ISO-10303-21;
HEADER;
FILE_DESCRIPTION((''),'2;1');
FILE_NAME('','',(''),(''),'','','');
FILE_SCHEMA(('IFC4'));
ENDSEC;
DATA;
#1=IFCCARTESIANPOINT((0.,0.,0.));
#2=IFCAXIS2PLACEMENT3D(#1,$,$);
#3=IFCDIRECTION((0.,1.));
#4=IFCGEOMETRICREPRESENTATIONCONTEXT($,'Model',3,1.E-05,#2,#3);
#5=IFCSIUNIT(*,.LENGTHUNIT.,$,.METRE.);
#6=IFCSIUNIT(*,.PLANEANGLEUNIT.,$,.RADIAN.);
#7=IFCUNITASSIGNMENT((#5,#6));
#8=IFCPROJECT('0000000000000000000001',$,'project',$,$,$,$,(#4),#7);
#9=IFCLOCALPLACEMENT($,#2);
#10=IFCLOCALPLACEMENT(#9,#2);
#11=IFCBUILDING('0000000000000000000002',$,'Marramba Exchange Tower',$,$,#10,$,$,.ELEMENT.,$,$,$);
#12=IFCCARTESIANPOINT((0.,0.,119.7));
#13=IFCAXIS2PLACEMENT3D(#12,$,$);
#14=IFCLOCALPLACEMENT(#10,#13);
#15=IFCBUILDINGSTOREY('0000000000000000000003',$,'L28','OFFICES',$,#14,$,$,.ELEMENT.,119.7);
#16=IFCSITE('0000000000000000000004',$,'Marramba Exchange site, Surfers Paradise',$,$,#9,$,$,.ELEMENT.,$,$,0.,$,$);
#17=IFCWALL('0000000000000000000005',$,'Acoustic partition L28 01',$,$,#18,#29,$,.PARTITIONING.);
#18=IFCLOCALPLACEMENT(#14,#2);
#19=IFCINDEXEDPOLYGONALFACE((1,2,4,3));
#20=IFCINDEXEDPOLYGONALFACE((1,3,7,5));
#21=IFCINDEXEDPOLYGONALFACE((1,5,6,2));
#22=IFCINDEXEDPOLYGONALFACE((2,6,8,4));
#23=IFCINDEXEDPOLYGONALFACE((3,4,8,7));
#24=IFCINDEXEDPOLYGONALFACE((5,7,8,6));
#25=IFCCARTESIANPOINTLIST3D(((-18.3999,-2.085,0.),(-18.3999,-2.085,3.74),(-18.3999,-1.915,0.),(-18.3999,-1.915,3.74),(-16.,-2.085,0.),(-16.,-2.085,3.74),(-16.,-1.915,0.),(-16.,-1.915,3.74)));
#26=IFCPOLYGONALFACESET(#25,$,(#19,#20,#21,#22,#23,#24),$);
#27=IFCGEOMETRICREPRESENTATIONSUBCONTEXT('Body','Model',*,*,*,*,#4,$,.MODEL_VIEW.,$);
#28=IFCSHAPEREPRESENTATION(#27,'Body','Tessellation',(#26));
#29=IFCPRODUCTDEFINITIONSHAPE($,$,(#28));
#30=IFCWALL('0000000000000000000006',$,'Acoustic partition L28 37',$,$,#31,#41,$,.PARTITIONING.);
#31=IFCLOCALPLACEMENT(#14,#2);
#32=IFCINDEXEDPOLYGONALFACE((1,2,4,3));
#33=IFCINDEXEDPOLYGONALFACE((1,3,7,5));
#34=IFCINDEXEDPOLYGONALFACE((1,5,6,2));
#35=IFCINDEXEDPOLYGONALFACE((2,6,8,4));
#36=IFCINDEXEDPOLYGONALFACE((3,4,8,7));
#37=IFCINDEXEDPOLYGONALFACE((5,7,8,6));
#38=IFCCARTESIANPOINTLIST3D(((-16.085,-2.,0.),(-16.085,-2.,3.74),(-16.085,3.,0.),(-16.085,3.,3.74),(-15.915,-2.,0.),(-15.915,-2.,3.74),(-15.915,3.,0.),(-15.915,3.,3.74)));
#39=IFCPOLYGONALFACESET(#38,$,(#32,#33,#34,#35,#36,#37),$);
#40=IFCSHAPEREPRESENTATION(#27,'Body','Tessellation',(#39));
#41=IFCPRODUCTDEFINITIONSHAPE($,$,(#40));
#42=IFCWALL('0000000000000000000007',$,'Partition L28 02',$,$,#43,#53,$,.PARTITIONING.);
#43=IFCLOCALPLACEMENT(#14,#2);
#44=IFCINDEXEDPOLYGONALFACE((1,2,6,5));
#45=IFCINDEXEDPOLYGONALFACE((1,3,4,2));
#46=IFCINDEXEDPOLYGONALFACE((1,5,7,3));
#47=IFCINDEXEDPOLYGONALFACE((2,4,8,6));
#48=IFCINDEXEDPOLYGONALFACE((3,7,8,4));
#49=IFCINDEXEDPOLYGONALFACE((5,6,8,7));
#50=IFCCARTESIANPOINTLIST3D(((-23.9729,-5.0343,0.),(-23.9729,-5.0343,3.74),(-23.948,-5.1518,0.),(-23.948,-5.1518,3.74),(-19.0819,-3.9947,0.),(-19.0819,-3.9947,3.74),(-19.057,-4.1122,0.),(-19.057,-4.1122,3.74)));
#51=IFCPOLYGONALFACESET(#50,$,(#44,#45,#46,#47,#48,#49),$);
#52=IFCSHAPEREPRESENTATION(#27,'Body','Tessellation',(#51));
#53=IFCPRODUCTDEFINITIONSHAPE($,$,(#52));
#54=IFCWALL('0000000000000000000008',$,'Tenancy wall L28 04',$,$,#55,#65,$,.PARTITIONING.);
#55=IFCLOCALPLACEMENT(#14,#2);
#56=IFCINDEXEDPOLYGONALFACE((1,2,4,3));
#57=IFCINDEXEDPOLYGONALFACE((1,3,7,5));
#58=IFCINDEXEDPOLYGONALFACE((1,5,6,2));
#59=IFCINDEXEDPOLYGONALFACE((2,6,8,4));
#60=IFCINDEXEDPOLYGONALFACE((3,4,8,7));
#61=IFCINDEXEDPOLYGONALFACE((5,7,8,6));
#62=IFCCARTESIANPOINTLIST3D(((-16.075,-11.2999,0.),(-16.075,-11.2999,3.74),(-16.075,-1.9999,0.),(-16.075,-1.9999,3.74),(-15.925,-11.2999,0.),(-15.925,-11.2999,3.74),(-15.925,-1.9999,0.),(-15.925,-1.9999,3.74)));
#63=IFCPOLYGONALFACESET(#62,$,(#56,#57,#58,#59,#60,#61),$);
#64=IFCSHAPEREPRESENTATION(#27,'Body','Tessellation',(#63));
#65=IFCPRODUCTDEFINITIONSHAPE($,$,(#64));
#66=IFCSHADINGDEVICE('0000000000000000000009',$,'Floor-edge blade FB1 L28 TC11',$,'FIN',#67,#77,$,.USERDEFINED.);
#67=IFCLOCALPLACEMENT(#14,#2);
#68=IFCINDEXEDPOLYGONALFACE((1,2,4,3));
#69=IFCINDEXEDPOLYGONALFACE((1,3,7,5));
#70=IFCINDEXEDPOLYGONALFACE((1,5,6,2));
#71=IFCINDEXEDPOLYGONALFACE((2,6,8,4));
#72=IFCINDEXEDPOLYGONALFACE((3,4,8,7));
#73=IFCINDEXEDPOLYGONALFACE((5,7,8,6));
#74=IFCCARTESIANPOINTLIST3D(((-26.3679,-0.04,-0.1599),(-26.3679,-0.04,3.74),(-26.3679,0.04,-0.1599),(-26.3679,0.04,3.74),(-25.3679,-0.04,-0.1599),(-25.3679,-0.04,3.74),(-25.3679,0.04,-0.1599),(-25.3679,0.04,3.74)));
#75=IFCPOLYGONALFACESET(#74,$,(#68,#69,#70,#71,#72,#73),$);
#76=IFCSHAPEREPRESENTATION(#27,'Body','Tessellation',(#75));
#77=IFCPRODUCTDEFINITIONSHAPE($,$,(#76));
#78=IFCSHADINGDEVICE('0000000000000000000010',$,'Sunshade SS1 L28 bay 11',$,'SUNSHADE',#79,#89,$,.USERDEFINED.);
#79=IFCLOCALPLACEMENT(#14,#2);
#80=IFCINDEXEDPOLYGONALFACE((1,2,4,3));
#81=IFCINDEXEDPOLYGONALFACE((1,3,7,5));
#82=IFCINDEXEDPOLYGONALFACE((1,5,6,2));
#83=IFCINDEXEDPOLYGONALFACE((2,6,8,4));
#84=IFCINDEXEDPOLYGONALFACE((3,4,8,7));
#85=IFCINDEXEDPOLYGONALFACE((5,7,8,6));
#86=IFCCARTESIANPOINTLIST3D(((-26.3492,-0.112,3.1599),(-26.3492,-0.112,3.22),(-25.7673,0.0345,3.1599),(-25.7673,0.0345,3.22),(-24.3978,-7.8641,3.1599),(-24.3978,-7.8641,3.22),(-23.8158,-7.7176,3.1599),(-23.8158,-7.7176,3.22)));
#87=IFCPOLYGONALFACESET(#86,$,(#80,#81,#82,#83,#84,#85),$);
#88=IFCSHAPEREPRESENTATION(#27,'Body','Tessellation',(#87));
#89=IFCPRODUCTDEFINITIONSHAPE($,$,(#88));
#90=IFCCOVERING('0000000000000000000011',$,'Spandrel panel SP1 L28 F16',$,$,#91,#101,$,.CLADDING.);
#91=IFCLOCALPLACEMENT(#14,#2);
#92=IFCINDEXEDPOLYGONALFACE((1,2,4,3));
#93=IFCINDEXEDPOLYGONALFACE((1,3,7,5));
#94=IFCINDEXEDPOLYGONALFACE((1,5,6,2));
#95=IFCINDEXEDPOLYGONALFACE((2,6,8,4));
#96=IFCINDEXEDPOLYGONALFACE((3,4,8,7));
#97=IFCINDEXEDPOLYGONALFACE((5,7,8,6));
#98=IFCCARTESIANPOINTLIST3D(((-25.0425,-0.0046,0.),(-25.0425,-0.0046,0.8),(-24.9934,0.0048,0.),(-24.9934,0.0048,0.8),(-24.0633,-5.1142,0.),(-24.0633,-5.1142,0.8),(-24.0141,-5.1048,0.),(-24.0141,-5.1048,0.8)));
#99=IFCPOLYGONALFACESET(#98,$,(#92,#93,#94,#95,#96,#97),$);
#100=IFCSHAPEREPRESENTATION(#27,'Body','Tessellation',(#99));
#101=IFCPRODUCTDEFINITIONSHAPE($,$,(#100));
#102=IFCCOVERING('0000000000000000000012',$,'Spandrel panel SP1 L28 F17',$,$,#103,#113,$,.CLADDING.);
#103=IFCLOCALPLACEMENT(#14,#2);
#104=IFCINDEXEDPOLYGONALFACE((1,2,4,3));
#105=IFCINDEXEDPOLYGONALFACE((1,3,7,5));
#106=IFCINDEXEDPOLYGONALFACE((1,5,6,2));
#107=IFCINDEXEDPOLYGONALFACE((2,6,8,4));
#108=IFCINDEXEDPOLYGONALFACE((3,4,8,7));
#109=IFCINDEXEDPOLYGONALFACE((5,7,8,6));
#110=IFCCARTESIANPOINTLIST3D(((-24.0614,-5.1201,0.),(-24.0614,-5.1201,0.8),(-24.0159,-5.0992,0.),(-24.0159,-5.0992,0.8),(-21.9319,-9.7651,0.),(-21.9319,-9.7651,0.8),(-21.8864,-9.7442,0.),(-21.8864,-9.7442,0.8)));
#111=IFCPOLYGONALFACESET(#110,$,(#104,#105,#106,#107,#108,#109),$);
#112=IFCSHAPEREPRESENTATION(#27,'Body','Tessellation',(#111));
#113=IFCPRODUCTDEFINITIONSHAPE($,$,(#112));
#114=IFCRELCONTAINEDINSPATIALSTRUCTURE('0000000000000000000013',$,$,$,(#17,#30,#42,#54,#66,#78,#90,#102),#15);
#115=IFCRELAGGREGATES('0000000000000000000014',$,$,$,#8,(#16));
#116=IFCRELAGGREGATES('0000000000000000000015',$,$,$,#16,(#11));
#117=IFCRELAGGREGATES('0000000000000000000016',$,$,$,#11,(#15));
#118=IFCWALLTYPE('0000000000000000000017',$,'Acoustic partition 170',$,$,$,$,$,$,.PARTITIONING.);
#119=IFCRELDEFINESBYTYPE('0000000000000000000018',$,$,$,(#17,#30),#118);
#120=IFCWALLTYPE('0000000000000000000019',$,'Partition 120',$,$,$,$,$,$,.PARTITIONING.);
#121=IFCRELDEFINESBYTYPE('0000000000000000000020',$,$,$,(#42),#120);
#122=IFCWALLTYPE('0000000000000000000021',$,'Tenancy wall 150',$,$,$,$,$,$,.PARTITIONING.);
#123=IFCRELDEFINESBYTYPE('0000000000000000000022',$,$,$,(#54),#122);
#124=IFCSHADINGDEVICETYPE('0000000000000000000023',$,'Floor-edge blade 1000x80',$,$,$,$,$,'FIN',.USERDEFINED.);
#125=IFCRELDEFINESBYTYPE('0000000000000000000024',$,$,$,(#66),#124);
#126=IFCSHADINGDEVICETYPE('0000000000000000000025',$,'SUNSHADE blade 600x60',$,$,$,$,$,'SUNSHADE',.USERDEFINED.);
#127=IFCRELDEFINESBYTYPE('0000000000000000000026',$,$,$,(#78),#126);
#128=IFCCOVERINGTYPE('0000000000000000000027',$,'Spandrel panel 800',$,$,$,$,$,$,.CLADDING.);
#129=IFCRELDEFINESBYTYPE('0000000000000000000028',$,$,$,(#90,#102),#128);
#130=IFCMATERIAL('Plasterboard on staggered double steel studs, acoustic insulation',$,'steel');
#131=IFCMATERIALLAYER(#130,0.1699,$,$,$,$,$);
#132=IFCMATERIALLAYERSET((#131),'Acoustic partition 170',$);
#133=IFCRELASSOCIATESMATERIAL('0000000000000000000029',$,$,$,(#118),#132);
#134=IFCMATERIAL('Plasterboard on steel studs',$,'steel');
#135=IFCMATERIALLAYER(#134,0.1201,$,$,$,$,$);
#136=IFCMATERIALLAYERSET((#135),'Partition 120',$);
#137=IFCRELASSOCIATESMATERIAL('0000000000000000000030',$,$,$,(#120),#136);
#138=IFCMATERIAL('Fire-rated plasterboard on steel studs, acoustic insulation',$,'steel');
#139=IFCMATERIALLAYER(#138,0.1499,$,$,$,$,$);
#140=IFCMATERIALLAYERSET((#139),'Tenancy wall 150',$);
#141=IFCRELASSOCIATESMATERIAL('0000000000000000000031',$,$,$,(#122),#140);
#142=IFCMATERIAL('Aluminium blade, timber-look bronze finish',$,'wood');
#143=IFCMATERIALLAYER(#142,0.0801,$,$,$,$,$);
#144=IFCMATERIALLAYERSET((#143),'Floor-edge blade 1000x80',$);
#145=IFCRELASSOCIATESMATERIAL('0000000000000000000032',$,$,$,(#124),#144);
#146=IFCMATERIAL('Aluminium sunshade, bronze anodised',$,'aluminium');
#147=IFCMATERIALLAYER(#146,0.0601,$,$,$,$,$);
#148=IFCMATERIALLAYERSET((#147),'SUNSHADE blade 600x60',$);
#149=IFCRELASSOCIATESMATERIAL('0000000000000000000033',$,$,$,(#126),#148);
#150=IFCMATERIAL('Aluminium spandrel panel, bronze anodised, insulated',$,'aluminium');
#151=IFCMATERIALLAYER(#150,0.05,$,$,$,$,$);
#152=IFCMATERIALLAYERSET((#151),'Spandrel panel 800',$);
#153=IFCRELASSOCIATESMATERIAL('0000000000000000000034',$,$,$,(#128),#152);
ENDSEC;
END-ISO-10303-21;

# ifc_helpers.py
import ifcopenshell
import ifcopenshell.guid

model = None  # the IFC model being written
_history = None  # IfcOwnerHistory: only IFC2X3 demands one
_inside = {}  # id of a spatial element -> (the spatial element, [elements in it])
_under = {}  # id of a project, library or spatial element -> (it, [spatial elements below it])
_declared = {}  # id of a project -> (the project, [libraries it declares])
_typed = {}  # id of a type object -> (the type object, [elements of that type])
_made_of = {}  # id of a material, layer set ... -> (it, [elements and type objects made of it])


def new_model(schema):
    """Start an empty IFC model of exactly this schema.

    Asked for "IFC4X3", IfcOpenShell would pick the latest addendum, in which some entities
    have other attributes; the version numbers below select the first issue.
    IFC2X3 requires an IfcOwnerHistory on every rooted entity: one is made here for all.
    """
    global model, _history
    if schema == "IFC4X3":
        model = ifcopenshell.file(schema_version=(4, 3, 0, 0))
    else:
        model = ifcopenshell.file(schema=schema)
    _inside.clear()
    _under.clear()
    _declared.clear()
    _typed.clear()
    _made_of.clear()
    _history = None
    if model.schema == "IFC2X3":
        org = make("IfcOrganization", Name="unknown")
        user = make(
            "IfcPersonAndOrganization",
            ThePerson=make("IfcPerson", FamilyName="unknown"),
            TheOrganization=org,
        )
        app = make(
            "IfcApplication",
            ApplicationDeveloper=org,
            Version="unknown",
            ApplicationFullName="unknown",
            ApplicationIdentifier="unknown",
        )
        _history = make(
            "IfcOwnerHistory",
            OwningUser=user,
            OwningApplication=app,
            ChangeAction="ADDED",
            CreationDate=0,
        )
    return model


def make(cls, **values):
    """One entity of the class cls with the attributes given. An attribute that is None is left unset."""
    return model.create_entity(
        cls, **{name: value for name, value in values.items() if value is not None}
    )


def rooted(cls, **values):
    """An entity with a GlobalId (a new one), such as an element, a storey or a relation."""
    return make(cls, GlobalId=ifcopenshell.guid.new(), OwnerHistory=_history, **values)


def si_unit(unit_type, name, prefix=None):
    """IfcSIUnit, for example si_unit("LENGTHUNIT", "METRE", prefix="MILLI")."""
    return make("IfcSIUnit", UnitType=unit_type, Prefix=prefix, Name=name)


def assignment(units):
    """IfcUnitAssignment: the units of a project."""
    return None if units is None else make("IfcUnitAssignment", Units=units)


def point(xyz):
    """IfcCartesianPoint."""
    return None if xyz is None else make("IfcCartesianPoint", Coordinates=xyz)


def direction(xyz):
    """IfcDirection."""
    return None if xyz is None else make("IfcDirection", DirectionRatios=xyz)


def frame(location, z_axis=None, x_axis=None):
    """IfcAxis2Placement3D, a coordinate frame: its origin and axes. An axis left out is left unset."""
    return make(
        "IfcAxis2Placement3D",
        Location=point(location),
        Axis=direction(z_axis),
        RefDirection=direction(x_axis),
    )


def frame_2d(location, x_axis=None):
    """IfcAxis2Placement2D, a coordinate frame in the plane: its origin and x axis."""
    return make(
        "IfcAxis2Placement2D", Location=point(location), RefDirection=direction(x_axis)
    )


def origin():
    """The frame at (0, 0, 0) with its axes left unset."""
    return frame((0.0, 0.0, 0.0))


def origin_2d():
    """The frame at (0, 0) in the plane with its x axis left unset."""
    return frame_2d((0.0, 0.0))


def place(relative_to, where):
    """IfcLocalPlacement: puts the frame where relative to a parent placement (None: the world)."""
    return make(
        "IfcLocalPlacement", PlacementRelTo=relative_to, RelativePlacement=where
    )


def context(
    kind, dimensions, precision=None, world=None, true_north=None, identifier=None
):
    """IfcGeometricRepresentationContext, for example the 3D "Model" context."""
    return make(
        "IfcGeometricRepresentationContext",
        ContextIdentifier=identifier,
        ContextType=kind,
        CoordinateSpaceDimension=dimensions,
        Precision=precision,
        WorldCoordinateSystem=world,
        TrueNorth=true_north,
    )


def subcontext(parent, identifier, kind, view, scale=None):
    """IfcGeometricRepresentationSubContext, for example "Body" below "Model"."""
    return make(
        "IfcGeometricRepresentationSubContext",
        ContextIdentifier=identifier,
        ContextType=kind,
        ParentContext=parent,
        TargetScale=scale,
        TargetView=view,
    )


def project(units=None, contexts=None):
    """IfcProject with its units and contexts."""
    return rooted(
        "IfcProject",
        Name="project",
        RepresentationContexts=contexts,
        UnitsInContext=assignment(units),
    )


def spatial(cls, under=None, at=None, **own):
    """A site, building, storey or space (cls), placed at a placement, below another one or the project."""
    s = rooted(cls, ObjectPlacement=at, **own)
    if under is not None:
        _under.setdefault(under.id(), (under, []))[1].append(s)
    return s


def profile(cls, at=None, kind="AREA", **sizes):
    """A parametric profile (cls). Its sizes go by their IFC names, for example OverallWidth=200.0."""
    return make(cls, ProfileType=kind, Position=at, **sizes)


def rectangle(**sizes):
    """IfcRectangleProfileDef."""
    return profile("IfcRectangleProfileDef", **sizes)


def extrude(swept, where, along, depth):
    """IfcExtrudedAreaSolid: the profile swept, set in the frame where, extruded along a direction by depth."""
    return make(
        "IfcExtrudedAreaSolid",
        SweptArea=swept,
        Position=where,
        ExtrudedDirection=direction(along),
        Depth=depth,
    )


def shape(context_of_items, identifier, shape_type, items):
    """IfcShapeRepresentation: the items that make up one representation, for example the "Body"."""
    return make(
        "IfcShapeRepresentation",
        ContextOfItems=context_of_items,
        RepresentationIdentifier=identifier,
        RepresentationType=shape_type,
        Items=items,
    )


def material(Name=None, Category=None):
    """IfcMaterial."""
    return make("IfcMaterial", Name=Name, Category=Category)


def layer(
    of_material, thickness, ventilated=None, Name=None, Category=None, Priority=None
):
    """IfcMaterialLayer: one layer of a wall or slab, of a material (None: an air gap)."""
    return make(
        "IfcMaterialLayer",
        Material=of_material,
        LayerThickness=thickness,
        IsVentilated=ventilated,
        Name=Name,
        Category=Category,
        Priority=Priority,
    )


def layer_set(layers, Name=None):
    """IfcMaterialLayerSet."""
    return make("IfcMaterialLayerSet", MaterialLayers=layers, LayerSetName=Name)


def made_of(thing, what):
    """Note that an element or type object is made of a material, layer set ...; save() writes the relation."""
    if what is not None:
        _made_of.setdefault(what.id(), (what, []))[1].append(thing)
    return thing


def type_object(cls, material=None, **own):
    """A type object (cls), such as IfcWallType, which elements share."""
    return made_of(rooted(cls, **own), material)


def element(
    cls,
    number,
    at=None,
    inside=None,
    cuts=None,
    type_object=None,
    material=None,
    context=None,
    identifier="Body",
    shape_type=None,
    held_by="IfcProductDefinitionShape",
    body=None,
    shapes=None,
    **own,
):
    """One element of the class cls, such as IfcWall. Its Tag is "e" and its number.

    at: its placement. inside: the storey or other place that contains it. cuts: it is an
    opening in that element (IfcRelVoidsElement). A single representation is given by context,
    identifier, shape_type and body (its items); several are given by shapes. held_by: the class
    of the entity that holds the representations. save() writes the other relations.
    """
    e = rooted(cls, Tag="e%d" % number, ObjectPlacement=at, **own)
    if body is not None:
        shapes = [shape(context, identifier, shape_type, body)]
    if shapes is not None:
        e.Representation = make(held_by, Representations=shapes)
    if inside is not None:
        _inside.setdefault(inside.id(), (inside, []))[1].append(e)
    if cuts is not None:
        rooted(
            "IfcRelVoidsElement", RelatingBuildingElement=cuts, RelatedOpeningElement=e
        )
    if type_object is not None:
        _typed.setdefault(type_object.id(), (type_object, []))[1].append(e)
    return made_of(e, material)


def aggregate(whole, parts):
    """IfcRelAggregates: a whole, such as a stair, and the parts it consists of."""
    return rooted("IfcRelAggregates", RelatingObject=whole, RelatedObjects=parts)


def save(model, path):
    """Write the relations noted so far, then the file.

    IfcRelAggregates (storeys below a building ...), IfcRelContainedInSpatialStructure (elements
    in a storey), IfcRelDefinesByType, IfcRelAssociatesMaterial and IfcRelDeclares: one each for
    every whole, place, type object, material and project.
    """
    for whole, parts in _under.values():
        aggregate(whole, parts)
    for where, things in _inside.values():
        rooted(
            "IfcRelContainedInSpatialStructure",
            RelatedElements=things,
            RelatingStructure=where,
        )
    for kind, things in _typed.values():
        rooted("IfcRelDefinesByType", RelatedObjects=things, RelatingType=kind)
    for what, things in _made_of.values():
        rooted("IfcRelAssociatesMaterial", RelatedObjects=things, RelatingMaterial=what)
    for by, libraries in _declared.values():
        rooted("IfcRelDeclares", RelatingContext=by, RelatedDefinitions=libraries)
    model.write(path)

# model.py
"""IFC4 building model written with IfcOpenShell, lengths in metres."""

from ifc_helpers import new_model, si_unit, direction, frame, frame_2d, origin, origin_2d, place, context, subcontext, project, spatial, rectangle, extrude, material, layer, layer_set, type_object, element, save


model = new_model("IFC4")

# Units and contexts
model_context = context("Model", 3, precision=1e-05, world=origin(), true_north=direction((0.0, 1.0)))
body_context = subcontext(model_context, "Body", "Model", "MODEL_VIEW")
ifc_project = project(units=[si_unit("LENGTHUNIT", "METRE"), si_unit("PLANEANGLEUNIT", "RADIAN")], contexts=[model_context])

# Site, building, storey
site_placement = place(None, origin())
site = spatial("IfcSite", under=ifc_project, at=site_placement, Name="Marramba Exchange site, Surfers Paradise", CompositionType="ELEMENT", RefElevation=0.0)
building_placement = place(site_placement, origin())
building = spatial("IfcBuilding", under=site, at=building_placement, Name="Marramba Exchange Tower", CompositionType="ELEMENT")
storey_placement = place(building_placement, frame((0.0, 0.0, 119.7)))
storey = spatial("IfcBuildingStorey", under=building, at=storey_placement, Name="L28", Description="OFFICES", CompositionType="ELEMENT", Elevation=119.7)

# Walls
ifc_material_1 = material(Name="Plasterboard on staggered double steel studs, acoustic insulation", Category="steel")
ifc_layer_1 = layer(ifc_material_1, 0.1699)
ifc_layer_set_1 = layer_set([ifc_layer_1], Name="Acoustic partition 170")
wall_type_1 = type_object("IfcWallType", Name="Acoustic partition 170", PredefinedType="PARTITIONING", material=ifc_layer_set_1)
wall_1_placement = place(storey_placement, frame((-18.3999, -2.0, 0.0), z_axis=(0.0, 0.0, 1.0), x_axis=(1.0, 0.0, 0.0)))
element("IfcWall", 1, at=wall_1_placement, inside=storey, type_object=wall_type_1, Name="Acoustic partition L28 01", PredefinedType="PARTITIONING", context=body_context, shape_type="SweptSolid", body=[
    extrude(rectangle(XDim=2.3999, YDim=0.1699, at=frame_2d((1.2, 0.0))), origin(), (0.0, 0.0, 1.0), 3.74),
])
wall_2_placement = place(storey_placement, frame((-16.0, -2.0, 0.0), z_axis=(0.0, 0.0, 1.0), x_axis=(0.0, 1.0, 0.0)))
element("IfcWall", 2, at=wall_2_placement, inside=storey, type_object=wall_type_1, Name="Acoustic partition L28 37", PredefinedType="PARTITIONING", context=body_context, shape_type="SweptSolid", body=[
    extrude(rectangle(XDim=5.0, YDim=0.1699, at=frame_2d((2.5, 0.0))), origin(), (0.0, 0.0, 1.0), 3.74),
])
ifc_material_2 = material(Name="Plasterboard on steel studs", Category="steel")
ifc_layer_2 = layer(ifc_material_2, 0.1201)
ifc_layer_set_2 = layer_set([ifc_layer_2], Name="Partition 120")
wall_type_2 = type_object("IfcWallType", Name="Partition 120", PredefinedType="PARTITIONING", material=ifc_layer_set_2)
wall_3_placement = place(storey_placement, frame((-19.0696, -4.0535, 0.0), z_axis=(0.0, 0.0, 1.0), x_axis=(-0.978149, -0.207905, 0.0)))
element("IfcWall", 3, at=wall_3_placement, inside=storey, type_object=wall_type_2, Name="Partition L28 02", PredefinedType="PARTITIONING", context=body_context, shape_type="SweptSolid", body=[
    extrude(rectangle(XDim=5.0002, YDim=0.1201, at=frame_2d((2.5, 0.0))), origin(), (0.0, 0.0, 1.0), 3.74),
])
ifc_material_3 = material(Name="Fire-rated plasterboard on steel studs, acoustic insulation", Category="steel")
ifc_layer_3 = layer(ifc_material_3, 0.1499)
ifc_layer_set_3 = layer_set([ifc_layer_3], Name="Tenancy wall 150")
wall_type_3 = type_object("IfcWallType", Name="Tenancy wall 150", PredefinedType="PARTITIONING", material=ifc_layer_set_3)
wall_4_placement = place(storey_placement, frame((-16.0, -2.0, 0.0), z_axis=(0.0, 0.0, 1.0), x_axis=(0.0, -1.0, 0.0)))
element("IfcWall", 4, at=wall_4_placement, inside=storey, type_object=wall_type_3, Name="Tenancy wall L28 04", PredefinedType="PARTITIONING", context=body_context, shape_type="SweptSolid", body=[
    extrude(rectangle(XDim=9.3, YDim=0.1499, at=frame_2d((4.6499, 0.0))), origin(), (0.0, 0.0, 1.0), 3.74),
])

# Shading devices
ifc_material_4 = material(Name="Aluminium blade, timber-look bronze finish", Category="wood")
ifc_layer_4 = layer(ifc_material_4, 0.0801)
ifc_layer_set_4 = layer_set([ifc_layer_4], Name="Floor-edge blade 1000x80")
shading_device_type_1 = type_object("IfcShadingDeviceType", Name="Floor-edge blade 1000x80", ElementType="FIN", PredefinedType="USERDEFINED", material=ifc_layer_set_4)
shading_device_1_placement = place(storey_placement, frame((-25.8679, 0.0, -0.1599), z_axis=(0.0, 0.0, 1.0), x_axis=(-1.0, 0.0, 0.0)))
element("IfcShadingDevice", 5, at=shading_device_1_placement, inside=storey, type_object=shading_device_type_1, Name="Floor-edge blade FB1 L28 TC11", ObjectType="FIN", PredefinedType="USERDEFINED", context=body_context, shape_type="SweptSolid", body=[
    extrude(rectangle(XDim=1.0, YDim=0.0801, at=origin_2d()), origin(), (0.0, 0.0, 1.0), 3.8999),
])
ifc_material_5 = material(Name="Aluminium sunshade, bronze anodised", Category="aluminium")
ifc_layer_5 = layer(ifc_material_5, 0.0601)
ifc_layer_set_5 = layer_set([ifc_layer_5], Name="SUNSHADE blade 600x60")
shading_device_type_2 = type_object("IfcShadingDeviceType", Name="SUNSHADE blade 600x60", ElementType="SUNSHADE", PredefinedType="USERDEFINED", material=ifc_layer_set_5)
shading_device_2_placement = place(storey_placement, frame((-25.0825, -3.9148, 3.1599), z_axis=(0.0, 0.0, 1.0), x_axis=(0.244117, -0.969746, 0.0)))
element("IfcShadingDevice", 6, at=shading_device_2_placement, inside=storey, type_object=shading_device_type_2, Name="Sunshade SS1 L28 bay 11", ObjectType="SUNSHADE", PredefinedType="USERDEFINED", context=body_context, shape_type="SweptSolid", body=[
    extrude(rectangle(XDim=7.9939, YDim=0.6001, at=origin_2d()), origin(), (0.0, 0.0, 1.0), 0.0601),
])

# Coverings
ifc_material_6 = material(Name="Aluminium spandrel panel, bronze anodised, insulated", Category="aluminium")
ifc_layer_6 = layer(ifc_material_6, 0.05)
ifc_layer_set_6 = layer_set([ifc_layer_6], Name="Spandrel panel 800")
covering_type = type_object("IfcCoveringType", Name="Spandrel panel 800", PredefinedType="CLADDING", material=ifc_layer_set_6)
covering_1_placement = place(storey_placement, frame((-24.5283, -2.5547, 0.0), z_axis=(0.0, 0.0, 1.0), x_axis=(0.188227, -0.982126, 0.0)))
element("IfcCovering", 7, at=covering_1_placement, inside=storey, type_object=covering_type, Name="Spandrel panel SP1 L28 F16", PredefinedType="CLADDING", context=body_context, shape_type="SweptSolid", body=[
    extrude(rectangle(XDim=5.2026, YDim=0.05, at=origin_2d()), origin(), (0.0, 0.0, 1.0), 0.8),
])
covering_2_placement = place(storey_placement, frame((-22.9739, -7.4321, 0.0), z_axis=(0.0, 0.0, 1.0), x_axis=(0.416738, -0.909027, 0.0)))
element("IfcCovering", 8, at=covering_2_placement, inside=storey, type_object=covering_type, Name="Spandrel panel SP1 L28 F17", PredefinedType="CLADDING", context=body_context, shape_type="SweptSolid", body=[
    extrude(rectangle(XDim=5.1099, YDim=0.05, at=origin_2d()), origin(), (0.0, 0.0, 1.0), 0.8),
])

save(model, "model.ifc")
